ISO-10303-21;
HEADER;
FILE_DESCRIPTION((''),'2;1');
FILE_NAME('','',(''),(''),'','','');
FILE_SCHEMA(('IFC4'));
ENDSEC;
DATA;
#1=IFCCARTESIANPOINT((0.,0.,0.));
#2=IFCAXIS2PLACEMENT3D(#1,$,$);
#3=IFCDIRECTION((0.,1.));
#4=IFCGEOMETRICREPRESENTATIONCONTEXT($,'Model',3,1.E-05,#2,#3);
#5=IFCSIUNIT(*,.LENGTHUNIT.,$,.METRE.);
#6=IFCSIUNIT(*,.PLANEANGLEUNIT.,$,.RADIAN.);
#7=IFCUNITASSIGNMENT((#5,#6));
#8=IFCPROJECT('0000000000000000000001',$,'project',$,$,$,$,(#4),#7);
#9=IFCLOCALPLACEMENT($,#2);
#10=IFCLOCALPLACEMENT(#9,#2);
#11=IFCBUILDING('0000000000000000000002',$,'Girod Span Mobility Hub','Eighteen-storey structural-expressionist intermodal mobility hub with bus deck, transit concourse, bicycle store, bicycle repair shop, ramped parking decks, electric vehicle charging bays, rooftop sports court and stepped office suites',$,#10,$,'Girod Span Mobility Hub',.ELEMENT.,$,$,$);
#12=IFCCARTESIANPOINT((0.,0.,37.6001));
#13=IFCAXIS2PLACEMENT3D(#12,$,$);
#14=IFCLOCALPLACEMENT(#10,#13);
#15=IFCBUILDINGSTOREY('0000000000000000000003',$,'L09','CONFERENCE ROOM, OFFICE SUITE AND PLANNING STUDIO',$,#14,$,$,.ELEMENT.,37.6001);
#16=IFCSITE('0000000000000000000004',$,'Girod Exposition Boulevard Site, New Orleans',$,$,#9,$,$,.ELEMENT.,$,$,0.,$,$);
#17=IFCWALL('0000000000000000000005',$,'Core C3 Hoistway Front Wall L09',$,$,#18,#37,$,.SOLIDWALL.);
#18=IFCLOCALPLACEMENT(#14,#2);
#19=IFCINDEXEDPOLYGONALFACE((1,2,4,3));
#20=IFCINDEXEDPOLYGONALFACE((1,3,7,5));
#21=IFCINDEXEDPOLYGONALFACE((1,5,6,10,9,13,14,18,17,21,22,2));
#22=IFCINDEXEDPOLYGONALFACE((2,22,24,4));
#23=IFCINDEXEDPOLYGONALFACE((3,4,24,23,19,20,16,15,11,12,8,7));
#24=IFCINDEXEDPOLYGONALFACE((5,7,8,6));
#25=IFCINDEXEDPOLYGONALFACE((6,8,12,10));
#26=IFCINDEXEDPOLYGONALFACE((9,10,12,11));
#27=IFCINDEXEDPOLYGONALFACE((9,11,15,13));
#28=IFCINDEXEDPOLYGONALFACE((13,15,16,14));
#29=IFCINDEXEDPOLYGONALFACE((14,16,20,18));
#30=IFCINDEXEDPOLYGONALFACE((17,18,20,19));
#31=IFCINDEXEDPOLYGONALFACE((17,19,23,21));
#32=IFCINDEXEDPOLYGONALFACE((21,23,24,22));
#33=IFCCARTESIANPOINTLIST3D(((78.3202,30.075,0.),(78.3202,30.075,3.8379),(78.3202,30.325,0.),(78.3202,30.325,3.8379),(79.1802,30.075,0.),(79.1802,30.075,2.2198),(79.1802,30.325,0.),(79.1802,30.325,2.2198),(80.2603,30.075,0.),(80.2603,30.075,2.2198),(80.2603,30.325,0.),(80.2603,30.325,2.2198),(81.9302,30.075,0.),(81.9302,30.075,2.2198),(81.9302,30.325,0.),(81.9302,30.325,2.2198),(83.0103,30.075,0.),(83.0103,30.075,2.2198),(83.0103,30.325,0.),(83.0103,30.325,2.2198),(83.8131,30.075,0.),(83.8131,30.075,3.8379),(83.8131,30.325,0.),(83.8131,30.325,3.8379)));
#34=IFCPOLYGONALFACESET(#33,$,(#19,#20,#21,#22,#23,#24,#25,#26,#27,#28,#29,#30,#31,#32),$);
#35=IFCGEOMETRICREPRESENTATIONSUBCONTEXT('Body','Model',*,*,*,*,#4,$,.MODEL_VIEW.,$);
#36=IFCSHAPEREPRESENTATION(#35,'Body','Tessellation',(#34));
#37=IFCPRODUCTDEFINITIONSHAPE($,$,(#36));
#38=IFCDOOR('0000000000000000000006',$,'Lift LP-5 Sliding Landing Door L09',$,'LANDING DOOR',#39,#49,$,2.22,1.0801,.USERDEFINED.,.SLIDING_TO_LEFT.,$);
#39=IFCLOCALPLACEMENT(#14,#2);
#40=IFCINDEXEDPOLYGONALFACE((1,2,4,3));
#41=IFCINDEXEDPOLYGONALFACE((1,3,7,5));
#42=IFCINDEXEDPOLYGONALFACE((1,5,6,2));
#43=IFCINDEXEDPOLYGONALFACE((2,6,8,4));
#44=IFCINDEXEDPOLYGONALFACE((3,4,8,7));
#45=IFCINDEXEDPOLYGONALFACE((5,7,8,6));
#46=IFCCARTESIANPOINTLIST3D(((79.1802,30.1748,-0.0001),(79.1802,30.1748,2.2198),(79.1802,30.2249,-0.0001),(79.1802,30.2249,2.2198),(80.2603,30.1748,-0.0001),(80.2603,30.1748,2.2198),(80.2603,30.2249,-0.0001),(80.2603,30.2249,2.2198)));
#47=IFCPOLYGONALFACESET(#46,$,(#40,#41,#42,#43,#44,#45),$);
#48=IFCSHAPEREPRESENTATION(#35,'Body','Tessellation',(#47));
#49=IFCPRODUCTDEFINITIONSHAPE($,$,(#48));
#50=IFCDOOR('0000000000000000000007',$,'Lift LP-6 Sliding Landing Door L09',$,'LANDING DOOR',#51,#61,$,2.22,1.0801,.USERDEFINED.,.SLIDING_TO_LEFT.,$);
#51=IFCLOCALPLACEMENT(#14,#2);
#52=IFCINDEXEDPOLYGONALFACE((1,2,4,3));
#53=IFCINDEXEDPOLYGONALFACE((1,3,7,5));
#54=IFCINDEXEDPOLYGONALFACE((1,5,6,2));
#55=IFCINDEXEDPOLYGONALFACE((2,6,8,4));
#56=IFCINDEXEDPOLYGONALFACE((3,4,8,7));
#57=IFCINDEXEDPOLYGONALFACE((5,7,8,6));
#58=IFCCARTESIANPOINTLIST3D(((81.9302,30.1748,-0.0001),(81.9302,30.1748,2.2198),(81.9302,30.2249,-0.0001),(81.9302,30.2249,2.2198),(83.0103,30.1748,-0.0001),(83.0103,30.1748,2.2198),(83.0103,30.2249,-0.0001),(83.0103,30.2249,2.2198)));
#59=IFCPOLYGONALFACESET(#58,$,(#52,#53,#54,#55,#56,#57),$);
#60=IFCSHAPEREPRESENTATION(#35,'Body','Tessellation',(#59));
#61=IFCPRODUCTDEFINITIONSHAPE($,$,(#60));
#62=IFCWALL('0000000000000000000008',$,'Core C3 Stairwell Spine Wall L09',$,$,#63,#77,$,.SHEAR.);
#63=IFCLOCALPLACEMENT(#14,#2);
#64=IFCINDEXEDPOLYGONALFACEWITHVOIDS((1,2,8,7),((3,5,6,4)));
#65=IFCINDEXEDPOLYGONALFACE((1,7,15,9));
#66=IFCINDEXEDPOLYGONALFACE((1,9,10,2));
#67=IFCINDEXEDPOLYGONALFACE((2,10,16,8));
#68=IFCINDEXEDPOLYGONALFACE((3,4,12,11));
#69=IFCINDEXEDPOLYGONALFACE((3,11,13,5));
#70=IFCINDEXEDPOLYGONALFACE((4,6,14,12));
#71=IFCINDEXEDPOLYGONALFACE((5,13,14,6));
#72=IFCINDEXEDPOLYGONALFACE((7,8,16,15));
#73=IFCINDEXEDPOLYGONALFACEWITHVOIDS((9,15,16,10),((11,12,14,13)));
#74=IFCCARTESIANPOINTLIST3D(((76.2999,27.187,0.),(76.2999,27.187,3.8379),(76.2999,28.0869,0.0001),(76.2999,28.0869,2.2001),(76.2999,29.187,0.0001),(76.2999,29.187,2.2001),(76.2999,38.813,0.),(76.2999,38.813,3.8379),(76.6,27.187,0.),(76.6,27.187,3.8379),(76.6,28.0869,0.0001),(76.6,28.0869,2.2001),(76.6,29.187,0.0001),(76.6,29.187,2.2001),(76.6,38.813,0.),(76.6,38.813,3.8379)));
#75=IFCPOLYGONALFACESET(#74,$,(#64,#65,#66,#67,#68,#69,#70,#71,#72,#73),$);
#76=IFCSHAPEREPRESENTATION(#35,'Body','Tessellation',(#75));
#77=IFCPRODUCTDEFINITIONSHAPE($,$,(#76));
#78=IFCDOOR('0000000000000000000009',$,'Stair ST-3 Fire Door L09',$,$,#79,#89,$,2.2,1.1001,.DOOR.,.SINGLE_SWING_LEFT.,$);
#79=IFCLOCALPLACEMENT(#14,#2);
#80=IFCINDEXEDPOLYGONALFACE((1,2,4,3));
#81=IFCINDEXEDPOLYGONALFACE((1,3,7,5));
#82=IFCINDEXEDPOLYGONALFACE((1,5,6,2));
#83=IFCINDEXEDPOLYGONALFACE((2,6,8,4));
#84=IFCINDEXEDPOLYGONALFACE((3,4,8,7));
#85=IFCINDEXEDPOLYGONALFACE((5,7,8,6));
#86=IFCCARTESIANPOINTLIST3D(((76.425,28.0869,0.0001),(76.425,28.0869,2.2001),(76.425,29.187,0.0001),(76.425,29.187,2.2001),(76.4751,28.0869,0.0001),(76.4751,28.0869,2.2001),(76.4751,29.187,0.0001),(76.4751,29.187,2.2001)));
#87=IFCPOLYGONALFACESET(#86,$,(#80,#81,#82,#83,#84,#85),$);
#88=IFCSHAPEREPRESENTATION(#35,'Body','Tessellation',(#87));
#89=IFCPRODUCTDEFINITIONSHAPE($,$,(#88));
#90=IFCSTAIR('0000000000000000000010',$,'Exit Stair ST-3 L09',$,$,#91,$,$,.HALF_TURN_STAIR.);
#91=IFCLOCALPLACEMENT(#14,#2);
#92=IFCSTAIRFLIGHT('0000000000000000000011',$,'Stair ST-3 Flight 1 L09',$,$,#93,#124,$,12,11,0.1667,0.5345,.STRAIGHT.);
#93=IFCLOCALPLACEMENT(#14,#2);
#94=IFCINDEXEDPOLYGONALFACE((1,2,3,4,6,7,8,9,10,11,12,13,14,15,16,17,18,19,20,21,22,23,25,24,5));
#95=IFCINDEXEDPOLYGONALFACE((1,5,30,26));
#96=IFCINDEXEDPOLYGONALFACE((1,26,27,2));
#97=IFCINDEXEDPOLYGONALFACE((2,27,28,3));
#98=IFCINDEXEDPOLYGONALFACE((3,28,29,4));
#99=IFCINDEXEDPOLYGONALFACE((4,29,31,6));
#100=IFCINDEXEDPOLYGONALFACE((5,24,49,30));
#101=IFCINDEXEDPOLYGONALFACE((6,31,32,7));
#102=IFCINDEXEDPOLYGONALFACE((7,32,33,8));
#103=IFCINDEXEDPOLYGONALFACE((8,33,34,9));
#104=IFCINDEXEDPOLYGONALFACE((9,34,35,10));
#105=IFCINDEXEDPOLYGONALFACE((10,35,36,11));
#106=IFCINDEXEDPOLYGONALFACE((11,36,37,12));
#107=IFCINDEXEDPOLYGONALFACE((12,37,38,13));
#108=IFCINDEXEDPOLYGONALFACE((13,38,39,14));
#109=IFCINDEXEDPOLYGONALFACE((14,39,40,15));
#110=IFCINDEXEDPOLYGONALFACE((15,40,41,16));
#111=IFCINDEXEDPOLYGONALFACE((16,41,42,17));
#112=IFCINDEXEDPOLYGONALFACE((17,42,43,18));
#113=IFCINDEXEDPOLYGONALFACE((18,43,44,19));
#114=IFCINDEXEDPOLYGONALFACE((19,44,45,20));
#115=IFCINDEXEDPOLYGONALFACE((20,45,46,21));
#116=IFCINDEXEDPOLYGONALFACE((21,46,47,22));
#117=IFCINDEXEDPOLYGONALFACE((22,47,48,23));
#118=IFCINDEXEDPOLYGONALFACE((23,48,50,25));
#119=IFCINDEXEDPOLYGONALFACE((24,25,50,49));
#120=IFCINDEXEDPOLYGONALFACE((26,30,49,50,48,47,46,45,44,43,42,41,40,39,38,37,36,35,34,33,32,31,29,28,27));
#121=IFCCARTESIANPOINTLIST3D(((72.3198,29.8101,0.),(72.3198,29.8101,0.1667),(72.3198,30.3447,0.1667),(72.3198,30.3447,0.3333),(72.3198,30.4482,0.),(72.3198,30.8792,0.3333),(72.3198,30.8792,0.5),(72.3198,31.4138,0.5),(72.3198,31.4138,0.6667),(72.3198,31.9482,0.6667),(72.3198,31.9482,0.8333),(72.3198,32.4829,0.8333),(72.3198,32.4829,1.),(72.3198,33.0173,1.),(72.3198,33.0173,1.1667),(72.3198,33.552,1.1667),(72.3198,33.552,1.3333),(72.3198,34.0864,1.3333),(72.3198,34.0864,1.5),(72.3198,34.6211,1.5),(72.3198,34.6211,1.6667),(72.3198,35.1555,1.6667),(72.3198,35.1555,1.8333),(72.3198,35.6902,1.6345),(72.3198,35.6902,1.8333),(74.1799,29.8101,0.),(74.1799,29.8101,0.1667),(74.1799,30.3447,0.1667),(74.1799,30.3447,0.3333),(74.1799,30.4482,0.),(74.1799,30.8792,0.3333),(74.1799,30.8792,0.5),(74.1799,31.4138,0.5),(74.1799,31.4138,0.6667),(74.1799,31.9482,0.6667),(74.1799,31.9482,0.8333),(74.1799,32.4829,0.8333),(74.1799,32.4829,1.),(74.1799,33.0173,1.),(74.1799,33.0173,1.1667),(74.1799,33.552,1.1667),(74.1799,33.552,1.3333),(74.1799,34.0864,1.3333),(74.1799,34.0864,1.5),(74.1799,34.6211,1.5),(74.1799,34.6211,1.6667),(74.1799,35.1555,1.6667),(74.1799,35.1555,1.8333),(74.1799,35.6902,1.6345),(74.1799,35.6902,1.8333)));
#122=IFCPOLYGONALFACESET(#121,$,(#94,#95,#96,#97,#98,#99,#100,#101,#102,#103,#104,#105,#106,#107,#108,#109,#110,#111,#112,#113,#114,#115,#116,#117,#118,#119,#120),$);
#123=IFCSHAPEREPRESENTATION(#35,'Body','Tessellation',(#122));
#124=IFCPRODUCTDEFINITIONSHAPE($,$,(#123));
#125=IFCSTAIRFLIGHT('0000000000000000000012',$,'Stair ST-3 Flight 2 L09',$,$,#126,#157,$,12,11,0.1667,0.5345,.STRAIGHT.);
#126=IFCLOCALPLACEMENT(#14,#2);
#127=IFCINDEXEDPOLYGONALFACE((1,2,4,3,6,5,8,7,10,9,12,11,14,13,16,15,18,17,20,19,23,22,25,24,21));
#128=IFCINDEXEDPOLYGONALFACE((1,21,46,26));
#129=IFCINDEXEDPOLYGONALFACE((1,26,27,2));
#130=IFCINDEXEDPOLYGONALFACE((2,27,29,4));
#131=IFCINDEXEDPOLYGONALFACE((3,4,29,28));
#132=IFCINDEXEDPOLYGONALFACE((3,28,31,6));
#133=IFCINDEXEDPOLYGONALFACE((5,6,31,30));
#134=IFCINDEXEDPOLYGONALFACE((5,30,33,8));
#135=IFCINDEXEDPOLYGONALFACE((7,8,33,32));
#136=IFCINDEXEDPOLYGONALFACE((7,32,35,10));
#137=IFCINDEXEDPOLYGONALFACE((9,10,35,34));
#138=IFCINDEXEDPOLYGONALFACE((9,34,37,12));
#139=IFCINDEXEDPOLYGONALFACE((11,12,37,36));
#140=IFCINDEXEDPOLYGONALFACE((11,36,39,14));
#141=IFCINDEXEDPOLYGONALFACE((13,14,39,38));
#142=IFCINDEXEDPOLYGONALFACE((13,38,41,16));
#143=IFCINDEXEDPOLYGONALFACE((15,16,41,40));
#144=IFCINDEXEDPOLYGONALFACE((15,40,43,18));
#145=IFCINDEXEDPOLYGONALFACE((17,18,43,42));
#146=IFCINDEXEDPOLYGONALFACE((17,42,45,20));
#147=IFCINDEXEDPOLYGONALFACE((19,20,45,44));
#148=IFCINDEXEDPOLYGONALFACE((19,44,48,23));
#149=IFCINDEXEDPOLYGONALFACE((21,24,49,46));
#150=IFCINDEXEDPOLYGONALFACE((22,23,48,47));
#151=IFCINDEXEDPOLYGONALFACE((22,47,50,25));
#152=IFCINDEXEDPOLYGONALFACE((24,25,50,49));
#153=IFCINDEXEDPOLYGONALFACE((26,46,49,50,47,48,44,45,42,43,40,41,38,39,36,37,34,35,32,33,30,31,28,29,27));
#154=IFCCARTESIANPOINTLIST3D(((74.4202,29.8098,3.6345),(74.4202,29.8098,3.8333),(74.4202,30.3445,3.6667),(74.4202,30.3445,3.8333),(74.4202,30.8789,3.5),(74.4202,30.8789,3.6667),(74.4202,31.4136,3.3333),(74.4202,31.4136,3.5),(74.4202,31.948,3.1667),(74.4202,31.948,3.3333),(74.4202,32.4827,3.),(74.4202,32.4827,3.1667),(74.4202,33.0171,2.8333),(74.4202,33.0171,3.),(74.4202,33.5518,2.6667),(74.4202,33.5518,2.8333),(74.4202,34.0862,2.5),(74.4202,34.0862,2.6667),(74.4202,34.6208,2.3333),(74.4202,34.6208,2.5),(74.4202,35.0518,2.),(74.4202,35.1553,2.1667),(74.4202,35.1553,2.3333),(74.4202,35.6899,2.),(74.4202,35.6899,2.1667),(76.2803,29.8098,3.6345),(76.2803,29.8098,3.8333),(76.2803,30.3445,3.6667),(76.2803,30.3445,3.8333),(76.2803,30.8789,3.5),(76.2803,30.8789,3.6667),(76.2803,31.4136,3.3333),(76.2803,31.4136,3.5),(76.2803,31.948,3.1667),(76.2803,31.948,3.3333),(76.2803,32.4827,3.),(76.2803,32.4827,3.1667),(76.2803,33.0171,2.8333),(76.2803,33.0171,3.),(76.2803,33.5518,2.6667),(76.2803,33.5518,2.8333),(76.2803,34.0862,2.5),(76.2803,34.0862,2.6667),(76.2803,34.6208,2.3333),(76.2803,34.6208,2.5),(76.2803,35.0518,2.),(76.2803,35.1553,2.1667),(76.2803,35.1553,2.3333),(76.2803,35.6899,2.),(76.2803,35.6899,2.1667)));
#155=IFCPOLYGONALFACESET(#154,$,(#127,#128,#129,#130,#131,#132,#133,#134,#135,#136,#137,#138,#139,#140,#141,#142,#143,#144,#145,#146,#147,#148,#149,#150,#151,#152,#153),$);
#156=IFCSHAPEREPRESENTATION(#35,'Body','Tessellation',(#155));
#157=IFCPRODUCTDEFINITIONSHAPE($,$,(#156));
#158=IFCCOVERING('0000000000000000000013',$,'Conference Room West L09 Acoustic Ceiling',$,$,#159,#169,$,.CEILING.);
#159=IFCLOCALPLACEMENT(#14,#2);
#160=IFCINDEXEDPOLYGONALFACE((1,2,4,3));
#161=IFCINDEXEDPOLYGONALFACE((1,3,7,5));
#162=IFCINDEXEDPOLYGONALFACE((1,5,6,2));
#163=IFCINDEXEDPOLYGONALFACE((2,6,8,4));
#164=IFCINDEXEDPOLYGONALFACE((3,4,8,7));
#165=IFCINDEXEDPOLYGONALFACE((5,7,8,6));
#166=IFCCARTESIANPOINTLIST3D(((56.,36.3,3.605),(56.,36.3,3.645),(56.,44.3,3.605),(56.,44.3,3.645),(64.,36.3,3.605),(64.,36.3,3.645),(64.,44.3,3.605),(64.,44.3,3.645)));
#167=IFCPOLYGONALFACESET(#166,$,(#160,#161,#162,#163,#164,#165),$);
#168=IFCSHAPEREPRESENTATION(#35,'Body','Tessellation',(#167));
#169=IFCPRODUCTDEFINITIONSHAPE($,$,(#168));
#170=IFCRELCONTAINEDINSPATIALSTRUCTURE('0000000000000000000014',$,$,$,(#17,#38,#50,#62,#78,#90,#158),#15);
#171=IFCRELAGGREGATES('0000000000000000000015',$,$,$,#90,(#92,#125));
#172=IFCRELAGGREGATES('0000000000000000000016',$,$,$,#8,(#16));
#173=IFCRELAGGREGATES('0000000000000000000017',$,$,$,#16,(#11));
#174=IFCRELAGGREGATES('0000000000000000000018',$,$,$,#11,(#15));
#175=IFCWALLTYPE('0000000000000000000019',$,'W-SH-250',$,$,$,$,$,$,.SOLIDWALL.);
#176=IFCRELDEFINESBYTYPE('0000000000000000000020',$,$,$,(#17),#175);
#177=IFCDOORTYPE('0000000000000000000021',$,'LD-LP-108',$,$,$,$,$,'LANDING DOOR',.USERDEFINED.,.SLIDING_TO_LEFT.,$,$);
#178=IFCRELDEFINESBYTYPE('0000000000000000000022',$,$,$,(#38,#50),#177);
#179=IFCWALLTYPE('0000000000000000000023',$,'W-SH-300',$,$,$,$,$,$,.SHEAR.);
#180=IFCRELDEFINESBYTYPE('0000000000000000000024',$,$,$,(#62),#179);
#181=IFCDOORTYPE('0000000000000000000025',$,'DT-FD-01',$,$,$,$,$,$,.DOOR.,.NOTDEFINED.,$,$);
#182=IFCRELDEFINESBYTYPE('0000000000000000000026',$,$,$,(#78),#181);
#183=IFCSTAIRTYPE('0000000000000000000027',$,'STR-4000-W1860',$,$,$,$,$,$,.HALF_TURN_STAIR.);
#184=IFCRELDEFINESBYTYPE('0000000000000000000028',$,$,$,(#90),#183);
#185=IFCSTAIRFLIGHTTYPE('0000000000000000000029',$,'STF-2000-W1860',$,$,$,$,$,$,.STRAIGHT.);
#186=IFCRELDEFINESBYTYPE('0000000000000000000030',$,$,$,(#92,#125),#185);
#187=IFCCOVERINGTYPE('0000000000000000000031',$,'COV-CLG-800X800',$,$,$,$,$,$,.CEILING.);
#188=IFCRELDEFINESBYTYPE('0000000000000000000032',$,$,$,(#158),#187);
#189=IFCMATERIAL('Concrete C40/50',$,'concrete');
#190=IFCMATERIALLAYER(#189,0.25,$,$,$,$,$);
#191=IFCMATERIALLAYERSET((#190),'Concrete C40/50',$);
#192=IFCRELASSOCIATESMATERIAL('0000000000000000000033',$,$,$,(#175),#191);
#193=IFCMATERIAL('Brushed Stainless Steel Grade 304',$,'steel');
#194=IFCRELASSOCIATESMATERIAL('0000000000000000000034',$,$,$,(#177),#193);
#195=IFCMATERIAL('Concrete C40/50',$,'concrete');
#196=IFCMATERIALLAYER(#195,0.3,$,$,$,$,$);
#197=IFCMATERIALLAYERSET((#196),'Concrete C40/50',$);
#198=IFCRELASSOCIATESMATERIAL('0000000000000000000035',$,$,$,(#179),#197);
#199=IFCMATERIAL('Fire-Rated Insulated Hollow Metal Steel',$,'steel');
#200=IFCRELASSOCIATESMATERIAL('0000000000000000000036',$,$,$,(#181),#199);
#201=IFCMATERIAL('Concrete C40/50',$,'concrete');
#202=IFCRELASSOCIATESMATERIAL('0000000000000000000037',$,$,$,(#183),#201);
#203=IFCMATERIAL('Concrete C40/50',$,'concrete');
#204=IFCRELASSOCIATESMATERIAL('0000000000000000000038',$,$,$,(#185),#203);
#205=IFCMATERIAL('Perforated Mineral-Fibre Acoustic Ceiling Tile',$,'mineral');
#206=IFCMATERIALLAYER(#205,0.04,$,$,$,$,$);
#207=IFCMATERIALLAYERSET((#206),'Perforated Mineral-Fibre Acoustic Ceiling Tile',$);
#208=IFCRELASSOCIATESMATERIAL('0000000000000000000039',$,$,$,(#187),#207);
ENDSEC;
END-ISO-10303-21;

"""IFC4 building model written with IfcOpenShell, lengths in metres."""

from ifc_helpers import new_model, si_unit, direction, frame, frame_2d, origin, origin_2d, place, context, subcontext, project, spatial, polyline, rectangle, outline, extrude, material, layer, layer_set, type_object, element, fill, aggregate, save


model = new_model("IFC4")

# Units and contexts
model_context = context("Model", 3, precision=1e-05, world=origin(), true_north=direction((0.0, 1.0)))
body_context = subcontext(model_context, "Body", "Model", "MODEL_VIEW")
ifc_project = project(units=[si_unit("LENGTHUNIT", "METRE"), si_unit("PLANEANGLEUNIT", "RADIAN")], contexts=[model_context])

# Site, building, storey
site_placement = place(None, origin())
site = spatial("IfcSite", under=ifc_project, at=site_placement, Name="Girod Exposition Boulevard Site, New Orleans", CompositionType="ELEMENT", RefElevation=0.0)
building_placement = place(site_placement, origin())
building = spatial("IfcBuilding", under=site, at=building_placement, Name="Girod Span Mobility Hub", Description="Eighteen-storey structural-expressionist intermodal mobility hub with bus deck, transit concourse, bicycle store, bicycle repair shop, ramped parking decks, electric vehicle charging bays, rooftop sports court and stepped office suites", LongName="Girod Span Mobility Hub", CompositionType="ELEMENT")
storey_placement = place(building_placement, frame((0.0, 0.0, 37.6001)))
storey = spatial("IfcBuildingStorey", under=building, at=storey_placement, Name="L09", Description="CONFERENCE ROOM, OFFICE SUITE AND PLANNING STUDIO", CompositionType="ELEMENT", Elevation=37.6001)

# Wall, openings, doors
ifc_material_1 = material(Name="Concrete C40/50", Category="concrete")
ifc_layer_1 = layer(ifc_material_1, 0.25)
ifc_layer_set_1 = layer_set([ifc_layer_1], Name="Concrete C40/50")
wall_type_1 = type_object("IfcWallType", Name="W-SH-250", PredefinedType="SOLIDWALL", material=ifc_layer_set_1)
wall_1_placement = place(storey_placement, frame((78.3201, 30.2, 0.0), z_axis=(0.0, 0.0, 1.0), x_axis=(1.0, 0.0, 0.0)))
wall_1 = element("IfcWall", 1, at=wall_1_placement, inside=storey, type_object=wall_type_1, Name="Core C3 Hoistway Front Wall L09", PredefinedType="SOLIDWALL", context=body_context, shape_type="SweptSolid", body=[
    extrude(rectangle(XDim=5.4929, YDim=0.25, at=frame_2d((2.7466, 0.0))), origin(), (0.0, 0.0, 1.0), 3.8379),
])
opening_1_placement = place(wall_1_placement, frame((0.8601, 0.0, 0.0)))
opening_1 = element("IfcOpeningElement", 2, at=opening_1_placement, cuts=wall_1, PredefinedType="OPENING", context=body_context, shape_type="SweptSolid", body=[
    extrude(rectangle(XDim=1.0801, YDim=2.22, at=frame_2d((0.54, 1.1099))), frame((0.0, 0.1399, 0.0), z_axis=(0.0, -1.0, 0.0), x_axis=(1.0, 0.0, 0.0)), (0.0, 0.0, 1.0), 0.28),
])
opening_2_placement = place(wall_1_placement, frame((3.6101, 0.0, 0.0)))
opening_2 = element("IfcOpeningElement", 3, at=opening_2_placement, cuts=wall_1, PredefinedType="OPENING", context=body_context, shape_type="SweptSolid", body=[
    extrude(rectangle(XDim=1.0801, YDim=2.22, at=frame_2d((0.54, 1.1099))), frame((0.0, 0.1399, 0.0), z_axis=(0.0, -1.0, 0.0), x_axis=(1.0, 0.0, 0.0)), (0.0, 0.0, 1.0), 0.28),
])
ifc_material_2 = material(Name="Brushed Stainless Steel Grade 304", Category="steel")
door_type_1 = type_object("IfcDoorType", Name="LD-LP-108", ElementType="LANDING DOOR", OperationType="SLIDING_TO_LEFT", PredefinedType="USERDEFINED", material=ifc_material_2)
door_1_placement = place(opening_1_placement, origin())
door_1 = element("IfcDoor", 4, at=door_1_placement, inside=storey, type_object=door_type_1, Name="Lift LP-5 Sliding Landing Door L09", ObjectType="LANDING DOOR", OperationType="SLIDING_TO_LEFT", OverallHeight=2.22, OverallWidth=1.0801, PredefinedType="USERDEFINED", context=body_context, shape_type="SweptSolid", body=[
    extrude(rectangle(XDim=1.0801, YDim=2.22, at=frame_2d((0.54, 1.1099))), frame((0.0, 0.0249, 0.0), z_axis=(0.0, -1.0, 0.0), x_axis=(1.0, 0.0, 0.0)), (0.0, 0.0, 1.0), 0.05),
])
fill(opening_1, door_1)
door_2_placement = place(opening_2_placement, origin())
door_2 = element("IfcDoor", 5, at=door_2_placement, inside=storey, type_object=door_type_1, Name="Lift LP-6 Sliding Landing Door L09", ObjectType="LANDING DOOR", OperationType="SLIDING_TO_LEFT", OverallHeight=2.22, OverallWidth=1.0801, PredefinedType="USERDEFINED", context=body_context, shape_type="SweptSolid", body=[
    extrude(rectangle(XDim=1.0801, YDim=2.22, at=frame_2d((0.54, 1.1099))), frame((0.0, 0.0249, 0.0), z_axis=(0.0, -1.0, 0.0), x_axis=(1.0, 0.0, 0.0)), (0.0, 0.0, 1.0), 0.05),
])
fill(opening_2, door_2)

# Wall, opening, door
ifc_material_3 = material(Name="Concrete C40/50", Category="concrete")
ifc_layer_2 = layer(ifc_material_3, 0.3)
ifc_layer_set_2 = layer_set([ifc_layer_2], Name="Concrete C40/50")
wall_type_2 = type_object("IfcWallType", Name="W-SH-300", PredefinedType="SHEAR", material=ifc_layer_set_2)
wall_2_placement = place(storey_placement, frame((76.45, 27.187, 0.0), z_axis=(0.0, 0.0, 1.0), x_axis=(0.0, 1.0, 0.0)))
wall_2 = element("IfcWall", 6, at=wall_2_placement, inside=storey, type_object=wall_type_2, Name="Core C3 Stairwell Spine Wall L09", PredefinedType="SHEAR", context=body_context, shape_type="SweptSolid", body=[
    extrude(rectangle(XDim=11.626, YDim=0.3, at=frame_2d((5.813, 0.0))), origin(), (0.0, 0.0, 1.0), 3.8379),
])
opening_3_placement = place(wall_2_placement, frame((0.8999, 0.0, 0.0)))
opening_3 = element("IfcOpeningElement", 7, at=opening_3_placement, cuts=wall_2, PredefinedType="OPENING", context=body_context, shape_type="SweptSolid", body=[
    extrude(rectangle(XDim=1.1001, YDim=2.2, at=frame_2d((0.55, 1.1001))), frame((0.0, 0.165, 0.0), z_axis=(0.0, -1.0, 0.0), x_axis=(1.0, 0.0, 0.0)), (0.0, 0.0, 1.0), 0.3301),
])
ifc_material_4 = material(Name="Fire-Rated Insulated Hollow Metal Steel", Category="steel")
door_type_2 = type_object("IfcDoorType", Name="DT-FD-01", OperationType="NOTDEFINED", PredefinedType="DOOR", material=ifc_material_4)
door_3_placement = place(opening_3_placement, origin())
door_3 = element("IfcDoor", 8, at=door_3_placement, inside=storey, type_object=door_type_2, Name="Stair ST-3 Fire Door L09", OperationType="SINGLE_SWING_LEFT", OverallHeight=2.2, OverallWidth=1.1001, PredefinedType="DOOR", context=body_context, shape_type="SweptSolid", body=[
    extrude(rectangle(XDim=1.1001, YDim=2.2, at=frame_2d((0.55, 1.1001))), frame((0.0, 0.0249, 0.0), z_axis=(0.0, -1.0, 0.0), x_axis=(1.0, 0.0, 0.0)), (0.0, 0.0, 1.0), 0.05),
])
fill(opening_3, door_3)

# Stair, stair flights
ifc_material_5 = material(Name="Concrete C40/50", Category="concrete")
stair_type = type_object("IfcStairType", Name="STR-4000-W1860", PredefinedType="HALF_TURN_STAIR", material=ifc_material_5)
stair_placement = place(storey_placement, origin())
stair = element("IfcStair", 9, at=stair_placement, inside=storey, type_object=stair_type, Name="Exit Stair ST-3 L09", PredefinedType="HALF_TURN_STAIR")
ifc_material_6 = material(Name="Concrete C40/50", Category="concrete")
stair_flight_type = type_object("IfcStairFlightType", Name="STF-2000-W1860", PredefinedType="STRAIGHT", material=ifc_material_6)
stair_flight_1_placement = place(storey_placement, frame((73.25, 29.8101, 0.0), z_axis=(0.0, 0.0, 1.0), x_axis=(0.0, 1.0, 0.0)))
stair_flight_1 = element("IfcStairFlight", 10, at=stair_flight_1_placement, type_object=stair_flight_type, Name="Stair ST-3 Flight 1 L09", NumberOfRisers=12, NumberOfTreads=11, PredefinedType="STRAIGHT", RiserHeight=0.1667, TreadLength=0.5345, context=body_context, shape_type="SweptSolid", body=[
    extrude(outline(polyline([(0.0, 0.0), (0.0, 0.1667), (0.5347, 0.1667), (0.5347, 0.3333), (1.0691, 0.3333), (1.0691, 0.5), (1.6038, 0.5), (1.6038, 0.6667), (2.1382, 0.6667), (2.1382, 0.8333), (2.6729, 0.8333), (2.6729, 1.0), (3.2073, 1.0), (3.2073, 1.1667), (3.7419, 1.1667), (3.7419, 1.3333), (4.2764, 1.3333), (4.2764, 1.5), (4.811, 1.5), (4.811, 1.6667), (5.3455, 1.6667), (5.3455, 1.8333), (5.8801, 1.8333), (5.8801, 2.0), (5.8801, 1.6345), (0.6382, 0.0), (0.0, 0.0)])), frame((0.0, 0.9302, 0.0), z_axis=(0.0, -1.0, 0.0), x_axis=(1.0, 0.0, 0.0)), (0.0, 0.0, 1.0), 1.8601),
])
stair_flight_2_placement = place(storey_placement, frame((75.3501, 35.6899, 2.0), z_axis=(0.0, 0.0, 1.0), x_axis=(0.0, -1.0, 0.0)))
stair_flight_2 = element("IfcStairFlight", 11, at=stair_flight_2_placement, type_object=stair_flight_type, Name="Stair ST-3 Flight 2 L09", NumberOfRisers=12, NumberOfTreads=11, PredefinedType="STRAIGHT", RiserHeight=0.1667, TreadLength=0.5345, context=body_context, shape_type="SweptSolid", body=[
    extrude(outline(polyline([(0.0, 0.0), (0.0, 0.1667), (0.5347, 0.1667), (0.5347, 0.3333), (1.0691, 0.3333), (1.0691, 0.5), (1.6038, 0.5), (1.6038, 0.6667), (2.1382, 0.6667), (2.1382, 0.8333), (2.6729, 0.8333), (2.6729, 1.0), (3.2073, 1.0), (3.2073, 1.1667), (3.7419, 1.1667), (3.7419, 1.3333), (4.2764, 1.3333), (4.2764, 1.5), (4.811, 1.5), (4.811, 1.6667), (5.3455, 1.6667), (5.3455, 1.8333), (5.8801, 1.8333), (5.8801, 2.0), (5.8801, 1.6345), (0.6382, 0.0), (0.0, 0.0)])), frame((0.0, 0.9302, 0.0), z_axis=(0.0, -1.0, 0.0), x_axis=(1.0, 0.0, 0.0)), (0.0, 0.0, 1.0), 1.8601),
])
aggregate(stair, [stair_flight_1, stair_flight_2])

# Covering
ifc_material_7 = material(Name="Perforated Mineral-Fibre Acoustic Ceiling Tile", Category="mineral")
ifc_layer_3 = layer(ifc_material_7, 0.04)
ifc_layer_set_3 = layer_set([ifc_layer_3], Name="Perforated Mineral-Fibre Acoustic Ceiling Tile")
covering_type_1 = type_object("IfcCoveringType", Name="COV-CLG-800X800", PredefinedType="CEILING", material=ifc_layer_set_3)
covering_1_placement = place(storey_placement, frame((60.0, 40.3, 3.605), z_axis=(0.0, 0.0, 1.0), x_axis=(1.0, 0.0, 0.0)))
element("IfcCovering", 12, at=covering_1_placement, inside=storey, type_object=covering_type_1, Name="Conference Room West L09 Acoustic Ceiling", PredefinedType="CEILING", context=body_context, shape_type="SweptSolid", body=[
    extrude(rectangle(XDim=8.0, YDim=8.0, at=origin_2d()), origin(), (0.0, 0.0, 1.0), 0.04),
])

save(model, "model.ifc")
